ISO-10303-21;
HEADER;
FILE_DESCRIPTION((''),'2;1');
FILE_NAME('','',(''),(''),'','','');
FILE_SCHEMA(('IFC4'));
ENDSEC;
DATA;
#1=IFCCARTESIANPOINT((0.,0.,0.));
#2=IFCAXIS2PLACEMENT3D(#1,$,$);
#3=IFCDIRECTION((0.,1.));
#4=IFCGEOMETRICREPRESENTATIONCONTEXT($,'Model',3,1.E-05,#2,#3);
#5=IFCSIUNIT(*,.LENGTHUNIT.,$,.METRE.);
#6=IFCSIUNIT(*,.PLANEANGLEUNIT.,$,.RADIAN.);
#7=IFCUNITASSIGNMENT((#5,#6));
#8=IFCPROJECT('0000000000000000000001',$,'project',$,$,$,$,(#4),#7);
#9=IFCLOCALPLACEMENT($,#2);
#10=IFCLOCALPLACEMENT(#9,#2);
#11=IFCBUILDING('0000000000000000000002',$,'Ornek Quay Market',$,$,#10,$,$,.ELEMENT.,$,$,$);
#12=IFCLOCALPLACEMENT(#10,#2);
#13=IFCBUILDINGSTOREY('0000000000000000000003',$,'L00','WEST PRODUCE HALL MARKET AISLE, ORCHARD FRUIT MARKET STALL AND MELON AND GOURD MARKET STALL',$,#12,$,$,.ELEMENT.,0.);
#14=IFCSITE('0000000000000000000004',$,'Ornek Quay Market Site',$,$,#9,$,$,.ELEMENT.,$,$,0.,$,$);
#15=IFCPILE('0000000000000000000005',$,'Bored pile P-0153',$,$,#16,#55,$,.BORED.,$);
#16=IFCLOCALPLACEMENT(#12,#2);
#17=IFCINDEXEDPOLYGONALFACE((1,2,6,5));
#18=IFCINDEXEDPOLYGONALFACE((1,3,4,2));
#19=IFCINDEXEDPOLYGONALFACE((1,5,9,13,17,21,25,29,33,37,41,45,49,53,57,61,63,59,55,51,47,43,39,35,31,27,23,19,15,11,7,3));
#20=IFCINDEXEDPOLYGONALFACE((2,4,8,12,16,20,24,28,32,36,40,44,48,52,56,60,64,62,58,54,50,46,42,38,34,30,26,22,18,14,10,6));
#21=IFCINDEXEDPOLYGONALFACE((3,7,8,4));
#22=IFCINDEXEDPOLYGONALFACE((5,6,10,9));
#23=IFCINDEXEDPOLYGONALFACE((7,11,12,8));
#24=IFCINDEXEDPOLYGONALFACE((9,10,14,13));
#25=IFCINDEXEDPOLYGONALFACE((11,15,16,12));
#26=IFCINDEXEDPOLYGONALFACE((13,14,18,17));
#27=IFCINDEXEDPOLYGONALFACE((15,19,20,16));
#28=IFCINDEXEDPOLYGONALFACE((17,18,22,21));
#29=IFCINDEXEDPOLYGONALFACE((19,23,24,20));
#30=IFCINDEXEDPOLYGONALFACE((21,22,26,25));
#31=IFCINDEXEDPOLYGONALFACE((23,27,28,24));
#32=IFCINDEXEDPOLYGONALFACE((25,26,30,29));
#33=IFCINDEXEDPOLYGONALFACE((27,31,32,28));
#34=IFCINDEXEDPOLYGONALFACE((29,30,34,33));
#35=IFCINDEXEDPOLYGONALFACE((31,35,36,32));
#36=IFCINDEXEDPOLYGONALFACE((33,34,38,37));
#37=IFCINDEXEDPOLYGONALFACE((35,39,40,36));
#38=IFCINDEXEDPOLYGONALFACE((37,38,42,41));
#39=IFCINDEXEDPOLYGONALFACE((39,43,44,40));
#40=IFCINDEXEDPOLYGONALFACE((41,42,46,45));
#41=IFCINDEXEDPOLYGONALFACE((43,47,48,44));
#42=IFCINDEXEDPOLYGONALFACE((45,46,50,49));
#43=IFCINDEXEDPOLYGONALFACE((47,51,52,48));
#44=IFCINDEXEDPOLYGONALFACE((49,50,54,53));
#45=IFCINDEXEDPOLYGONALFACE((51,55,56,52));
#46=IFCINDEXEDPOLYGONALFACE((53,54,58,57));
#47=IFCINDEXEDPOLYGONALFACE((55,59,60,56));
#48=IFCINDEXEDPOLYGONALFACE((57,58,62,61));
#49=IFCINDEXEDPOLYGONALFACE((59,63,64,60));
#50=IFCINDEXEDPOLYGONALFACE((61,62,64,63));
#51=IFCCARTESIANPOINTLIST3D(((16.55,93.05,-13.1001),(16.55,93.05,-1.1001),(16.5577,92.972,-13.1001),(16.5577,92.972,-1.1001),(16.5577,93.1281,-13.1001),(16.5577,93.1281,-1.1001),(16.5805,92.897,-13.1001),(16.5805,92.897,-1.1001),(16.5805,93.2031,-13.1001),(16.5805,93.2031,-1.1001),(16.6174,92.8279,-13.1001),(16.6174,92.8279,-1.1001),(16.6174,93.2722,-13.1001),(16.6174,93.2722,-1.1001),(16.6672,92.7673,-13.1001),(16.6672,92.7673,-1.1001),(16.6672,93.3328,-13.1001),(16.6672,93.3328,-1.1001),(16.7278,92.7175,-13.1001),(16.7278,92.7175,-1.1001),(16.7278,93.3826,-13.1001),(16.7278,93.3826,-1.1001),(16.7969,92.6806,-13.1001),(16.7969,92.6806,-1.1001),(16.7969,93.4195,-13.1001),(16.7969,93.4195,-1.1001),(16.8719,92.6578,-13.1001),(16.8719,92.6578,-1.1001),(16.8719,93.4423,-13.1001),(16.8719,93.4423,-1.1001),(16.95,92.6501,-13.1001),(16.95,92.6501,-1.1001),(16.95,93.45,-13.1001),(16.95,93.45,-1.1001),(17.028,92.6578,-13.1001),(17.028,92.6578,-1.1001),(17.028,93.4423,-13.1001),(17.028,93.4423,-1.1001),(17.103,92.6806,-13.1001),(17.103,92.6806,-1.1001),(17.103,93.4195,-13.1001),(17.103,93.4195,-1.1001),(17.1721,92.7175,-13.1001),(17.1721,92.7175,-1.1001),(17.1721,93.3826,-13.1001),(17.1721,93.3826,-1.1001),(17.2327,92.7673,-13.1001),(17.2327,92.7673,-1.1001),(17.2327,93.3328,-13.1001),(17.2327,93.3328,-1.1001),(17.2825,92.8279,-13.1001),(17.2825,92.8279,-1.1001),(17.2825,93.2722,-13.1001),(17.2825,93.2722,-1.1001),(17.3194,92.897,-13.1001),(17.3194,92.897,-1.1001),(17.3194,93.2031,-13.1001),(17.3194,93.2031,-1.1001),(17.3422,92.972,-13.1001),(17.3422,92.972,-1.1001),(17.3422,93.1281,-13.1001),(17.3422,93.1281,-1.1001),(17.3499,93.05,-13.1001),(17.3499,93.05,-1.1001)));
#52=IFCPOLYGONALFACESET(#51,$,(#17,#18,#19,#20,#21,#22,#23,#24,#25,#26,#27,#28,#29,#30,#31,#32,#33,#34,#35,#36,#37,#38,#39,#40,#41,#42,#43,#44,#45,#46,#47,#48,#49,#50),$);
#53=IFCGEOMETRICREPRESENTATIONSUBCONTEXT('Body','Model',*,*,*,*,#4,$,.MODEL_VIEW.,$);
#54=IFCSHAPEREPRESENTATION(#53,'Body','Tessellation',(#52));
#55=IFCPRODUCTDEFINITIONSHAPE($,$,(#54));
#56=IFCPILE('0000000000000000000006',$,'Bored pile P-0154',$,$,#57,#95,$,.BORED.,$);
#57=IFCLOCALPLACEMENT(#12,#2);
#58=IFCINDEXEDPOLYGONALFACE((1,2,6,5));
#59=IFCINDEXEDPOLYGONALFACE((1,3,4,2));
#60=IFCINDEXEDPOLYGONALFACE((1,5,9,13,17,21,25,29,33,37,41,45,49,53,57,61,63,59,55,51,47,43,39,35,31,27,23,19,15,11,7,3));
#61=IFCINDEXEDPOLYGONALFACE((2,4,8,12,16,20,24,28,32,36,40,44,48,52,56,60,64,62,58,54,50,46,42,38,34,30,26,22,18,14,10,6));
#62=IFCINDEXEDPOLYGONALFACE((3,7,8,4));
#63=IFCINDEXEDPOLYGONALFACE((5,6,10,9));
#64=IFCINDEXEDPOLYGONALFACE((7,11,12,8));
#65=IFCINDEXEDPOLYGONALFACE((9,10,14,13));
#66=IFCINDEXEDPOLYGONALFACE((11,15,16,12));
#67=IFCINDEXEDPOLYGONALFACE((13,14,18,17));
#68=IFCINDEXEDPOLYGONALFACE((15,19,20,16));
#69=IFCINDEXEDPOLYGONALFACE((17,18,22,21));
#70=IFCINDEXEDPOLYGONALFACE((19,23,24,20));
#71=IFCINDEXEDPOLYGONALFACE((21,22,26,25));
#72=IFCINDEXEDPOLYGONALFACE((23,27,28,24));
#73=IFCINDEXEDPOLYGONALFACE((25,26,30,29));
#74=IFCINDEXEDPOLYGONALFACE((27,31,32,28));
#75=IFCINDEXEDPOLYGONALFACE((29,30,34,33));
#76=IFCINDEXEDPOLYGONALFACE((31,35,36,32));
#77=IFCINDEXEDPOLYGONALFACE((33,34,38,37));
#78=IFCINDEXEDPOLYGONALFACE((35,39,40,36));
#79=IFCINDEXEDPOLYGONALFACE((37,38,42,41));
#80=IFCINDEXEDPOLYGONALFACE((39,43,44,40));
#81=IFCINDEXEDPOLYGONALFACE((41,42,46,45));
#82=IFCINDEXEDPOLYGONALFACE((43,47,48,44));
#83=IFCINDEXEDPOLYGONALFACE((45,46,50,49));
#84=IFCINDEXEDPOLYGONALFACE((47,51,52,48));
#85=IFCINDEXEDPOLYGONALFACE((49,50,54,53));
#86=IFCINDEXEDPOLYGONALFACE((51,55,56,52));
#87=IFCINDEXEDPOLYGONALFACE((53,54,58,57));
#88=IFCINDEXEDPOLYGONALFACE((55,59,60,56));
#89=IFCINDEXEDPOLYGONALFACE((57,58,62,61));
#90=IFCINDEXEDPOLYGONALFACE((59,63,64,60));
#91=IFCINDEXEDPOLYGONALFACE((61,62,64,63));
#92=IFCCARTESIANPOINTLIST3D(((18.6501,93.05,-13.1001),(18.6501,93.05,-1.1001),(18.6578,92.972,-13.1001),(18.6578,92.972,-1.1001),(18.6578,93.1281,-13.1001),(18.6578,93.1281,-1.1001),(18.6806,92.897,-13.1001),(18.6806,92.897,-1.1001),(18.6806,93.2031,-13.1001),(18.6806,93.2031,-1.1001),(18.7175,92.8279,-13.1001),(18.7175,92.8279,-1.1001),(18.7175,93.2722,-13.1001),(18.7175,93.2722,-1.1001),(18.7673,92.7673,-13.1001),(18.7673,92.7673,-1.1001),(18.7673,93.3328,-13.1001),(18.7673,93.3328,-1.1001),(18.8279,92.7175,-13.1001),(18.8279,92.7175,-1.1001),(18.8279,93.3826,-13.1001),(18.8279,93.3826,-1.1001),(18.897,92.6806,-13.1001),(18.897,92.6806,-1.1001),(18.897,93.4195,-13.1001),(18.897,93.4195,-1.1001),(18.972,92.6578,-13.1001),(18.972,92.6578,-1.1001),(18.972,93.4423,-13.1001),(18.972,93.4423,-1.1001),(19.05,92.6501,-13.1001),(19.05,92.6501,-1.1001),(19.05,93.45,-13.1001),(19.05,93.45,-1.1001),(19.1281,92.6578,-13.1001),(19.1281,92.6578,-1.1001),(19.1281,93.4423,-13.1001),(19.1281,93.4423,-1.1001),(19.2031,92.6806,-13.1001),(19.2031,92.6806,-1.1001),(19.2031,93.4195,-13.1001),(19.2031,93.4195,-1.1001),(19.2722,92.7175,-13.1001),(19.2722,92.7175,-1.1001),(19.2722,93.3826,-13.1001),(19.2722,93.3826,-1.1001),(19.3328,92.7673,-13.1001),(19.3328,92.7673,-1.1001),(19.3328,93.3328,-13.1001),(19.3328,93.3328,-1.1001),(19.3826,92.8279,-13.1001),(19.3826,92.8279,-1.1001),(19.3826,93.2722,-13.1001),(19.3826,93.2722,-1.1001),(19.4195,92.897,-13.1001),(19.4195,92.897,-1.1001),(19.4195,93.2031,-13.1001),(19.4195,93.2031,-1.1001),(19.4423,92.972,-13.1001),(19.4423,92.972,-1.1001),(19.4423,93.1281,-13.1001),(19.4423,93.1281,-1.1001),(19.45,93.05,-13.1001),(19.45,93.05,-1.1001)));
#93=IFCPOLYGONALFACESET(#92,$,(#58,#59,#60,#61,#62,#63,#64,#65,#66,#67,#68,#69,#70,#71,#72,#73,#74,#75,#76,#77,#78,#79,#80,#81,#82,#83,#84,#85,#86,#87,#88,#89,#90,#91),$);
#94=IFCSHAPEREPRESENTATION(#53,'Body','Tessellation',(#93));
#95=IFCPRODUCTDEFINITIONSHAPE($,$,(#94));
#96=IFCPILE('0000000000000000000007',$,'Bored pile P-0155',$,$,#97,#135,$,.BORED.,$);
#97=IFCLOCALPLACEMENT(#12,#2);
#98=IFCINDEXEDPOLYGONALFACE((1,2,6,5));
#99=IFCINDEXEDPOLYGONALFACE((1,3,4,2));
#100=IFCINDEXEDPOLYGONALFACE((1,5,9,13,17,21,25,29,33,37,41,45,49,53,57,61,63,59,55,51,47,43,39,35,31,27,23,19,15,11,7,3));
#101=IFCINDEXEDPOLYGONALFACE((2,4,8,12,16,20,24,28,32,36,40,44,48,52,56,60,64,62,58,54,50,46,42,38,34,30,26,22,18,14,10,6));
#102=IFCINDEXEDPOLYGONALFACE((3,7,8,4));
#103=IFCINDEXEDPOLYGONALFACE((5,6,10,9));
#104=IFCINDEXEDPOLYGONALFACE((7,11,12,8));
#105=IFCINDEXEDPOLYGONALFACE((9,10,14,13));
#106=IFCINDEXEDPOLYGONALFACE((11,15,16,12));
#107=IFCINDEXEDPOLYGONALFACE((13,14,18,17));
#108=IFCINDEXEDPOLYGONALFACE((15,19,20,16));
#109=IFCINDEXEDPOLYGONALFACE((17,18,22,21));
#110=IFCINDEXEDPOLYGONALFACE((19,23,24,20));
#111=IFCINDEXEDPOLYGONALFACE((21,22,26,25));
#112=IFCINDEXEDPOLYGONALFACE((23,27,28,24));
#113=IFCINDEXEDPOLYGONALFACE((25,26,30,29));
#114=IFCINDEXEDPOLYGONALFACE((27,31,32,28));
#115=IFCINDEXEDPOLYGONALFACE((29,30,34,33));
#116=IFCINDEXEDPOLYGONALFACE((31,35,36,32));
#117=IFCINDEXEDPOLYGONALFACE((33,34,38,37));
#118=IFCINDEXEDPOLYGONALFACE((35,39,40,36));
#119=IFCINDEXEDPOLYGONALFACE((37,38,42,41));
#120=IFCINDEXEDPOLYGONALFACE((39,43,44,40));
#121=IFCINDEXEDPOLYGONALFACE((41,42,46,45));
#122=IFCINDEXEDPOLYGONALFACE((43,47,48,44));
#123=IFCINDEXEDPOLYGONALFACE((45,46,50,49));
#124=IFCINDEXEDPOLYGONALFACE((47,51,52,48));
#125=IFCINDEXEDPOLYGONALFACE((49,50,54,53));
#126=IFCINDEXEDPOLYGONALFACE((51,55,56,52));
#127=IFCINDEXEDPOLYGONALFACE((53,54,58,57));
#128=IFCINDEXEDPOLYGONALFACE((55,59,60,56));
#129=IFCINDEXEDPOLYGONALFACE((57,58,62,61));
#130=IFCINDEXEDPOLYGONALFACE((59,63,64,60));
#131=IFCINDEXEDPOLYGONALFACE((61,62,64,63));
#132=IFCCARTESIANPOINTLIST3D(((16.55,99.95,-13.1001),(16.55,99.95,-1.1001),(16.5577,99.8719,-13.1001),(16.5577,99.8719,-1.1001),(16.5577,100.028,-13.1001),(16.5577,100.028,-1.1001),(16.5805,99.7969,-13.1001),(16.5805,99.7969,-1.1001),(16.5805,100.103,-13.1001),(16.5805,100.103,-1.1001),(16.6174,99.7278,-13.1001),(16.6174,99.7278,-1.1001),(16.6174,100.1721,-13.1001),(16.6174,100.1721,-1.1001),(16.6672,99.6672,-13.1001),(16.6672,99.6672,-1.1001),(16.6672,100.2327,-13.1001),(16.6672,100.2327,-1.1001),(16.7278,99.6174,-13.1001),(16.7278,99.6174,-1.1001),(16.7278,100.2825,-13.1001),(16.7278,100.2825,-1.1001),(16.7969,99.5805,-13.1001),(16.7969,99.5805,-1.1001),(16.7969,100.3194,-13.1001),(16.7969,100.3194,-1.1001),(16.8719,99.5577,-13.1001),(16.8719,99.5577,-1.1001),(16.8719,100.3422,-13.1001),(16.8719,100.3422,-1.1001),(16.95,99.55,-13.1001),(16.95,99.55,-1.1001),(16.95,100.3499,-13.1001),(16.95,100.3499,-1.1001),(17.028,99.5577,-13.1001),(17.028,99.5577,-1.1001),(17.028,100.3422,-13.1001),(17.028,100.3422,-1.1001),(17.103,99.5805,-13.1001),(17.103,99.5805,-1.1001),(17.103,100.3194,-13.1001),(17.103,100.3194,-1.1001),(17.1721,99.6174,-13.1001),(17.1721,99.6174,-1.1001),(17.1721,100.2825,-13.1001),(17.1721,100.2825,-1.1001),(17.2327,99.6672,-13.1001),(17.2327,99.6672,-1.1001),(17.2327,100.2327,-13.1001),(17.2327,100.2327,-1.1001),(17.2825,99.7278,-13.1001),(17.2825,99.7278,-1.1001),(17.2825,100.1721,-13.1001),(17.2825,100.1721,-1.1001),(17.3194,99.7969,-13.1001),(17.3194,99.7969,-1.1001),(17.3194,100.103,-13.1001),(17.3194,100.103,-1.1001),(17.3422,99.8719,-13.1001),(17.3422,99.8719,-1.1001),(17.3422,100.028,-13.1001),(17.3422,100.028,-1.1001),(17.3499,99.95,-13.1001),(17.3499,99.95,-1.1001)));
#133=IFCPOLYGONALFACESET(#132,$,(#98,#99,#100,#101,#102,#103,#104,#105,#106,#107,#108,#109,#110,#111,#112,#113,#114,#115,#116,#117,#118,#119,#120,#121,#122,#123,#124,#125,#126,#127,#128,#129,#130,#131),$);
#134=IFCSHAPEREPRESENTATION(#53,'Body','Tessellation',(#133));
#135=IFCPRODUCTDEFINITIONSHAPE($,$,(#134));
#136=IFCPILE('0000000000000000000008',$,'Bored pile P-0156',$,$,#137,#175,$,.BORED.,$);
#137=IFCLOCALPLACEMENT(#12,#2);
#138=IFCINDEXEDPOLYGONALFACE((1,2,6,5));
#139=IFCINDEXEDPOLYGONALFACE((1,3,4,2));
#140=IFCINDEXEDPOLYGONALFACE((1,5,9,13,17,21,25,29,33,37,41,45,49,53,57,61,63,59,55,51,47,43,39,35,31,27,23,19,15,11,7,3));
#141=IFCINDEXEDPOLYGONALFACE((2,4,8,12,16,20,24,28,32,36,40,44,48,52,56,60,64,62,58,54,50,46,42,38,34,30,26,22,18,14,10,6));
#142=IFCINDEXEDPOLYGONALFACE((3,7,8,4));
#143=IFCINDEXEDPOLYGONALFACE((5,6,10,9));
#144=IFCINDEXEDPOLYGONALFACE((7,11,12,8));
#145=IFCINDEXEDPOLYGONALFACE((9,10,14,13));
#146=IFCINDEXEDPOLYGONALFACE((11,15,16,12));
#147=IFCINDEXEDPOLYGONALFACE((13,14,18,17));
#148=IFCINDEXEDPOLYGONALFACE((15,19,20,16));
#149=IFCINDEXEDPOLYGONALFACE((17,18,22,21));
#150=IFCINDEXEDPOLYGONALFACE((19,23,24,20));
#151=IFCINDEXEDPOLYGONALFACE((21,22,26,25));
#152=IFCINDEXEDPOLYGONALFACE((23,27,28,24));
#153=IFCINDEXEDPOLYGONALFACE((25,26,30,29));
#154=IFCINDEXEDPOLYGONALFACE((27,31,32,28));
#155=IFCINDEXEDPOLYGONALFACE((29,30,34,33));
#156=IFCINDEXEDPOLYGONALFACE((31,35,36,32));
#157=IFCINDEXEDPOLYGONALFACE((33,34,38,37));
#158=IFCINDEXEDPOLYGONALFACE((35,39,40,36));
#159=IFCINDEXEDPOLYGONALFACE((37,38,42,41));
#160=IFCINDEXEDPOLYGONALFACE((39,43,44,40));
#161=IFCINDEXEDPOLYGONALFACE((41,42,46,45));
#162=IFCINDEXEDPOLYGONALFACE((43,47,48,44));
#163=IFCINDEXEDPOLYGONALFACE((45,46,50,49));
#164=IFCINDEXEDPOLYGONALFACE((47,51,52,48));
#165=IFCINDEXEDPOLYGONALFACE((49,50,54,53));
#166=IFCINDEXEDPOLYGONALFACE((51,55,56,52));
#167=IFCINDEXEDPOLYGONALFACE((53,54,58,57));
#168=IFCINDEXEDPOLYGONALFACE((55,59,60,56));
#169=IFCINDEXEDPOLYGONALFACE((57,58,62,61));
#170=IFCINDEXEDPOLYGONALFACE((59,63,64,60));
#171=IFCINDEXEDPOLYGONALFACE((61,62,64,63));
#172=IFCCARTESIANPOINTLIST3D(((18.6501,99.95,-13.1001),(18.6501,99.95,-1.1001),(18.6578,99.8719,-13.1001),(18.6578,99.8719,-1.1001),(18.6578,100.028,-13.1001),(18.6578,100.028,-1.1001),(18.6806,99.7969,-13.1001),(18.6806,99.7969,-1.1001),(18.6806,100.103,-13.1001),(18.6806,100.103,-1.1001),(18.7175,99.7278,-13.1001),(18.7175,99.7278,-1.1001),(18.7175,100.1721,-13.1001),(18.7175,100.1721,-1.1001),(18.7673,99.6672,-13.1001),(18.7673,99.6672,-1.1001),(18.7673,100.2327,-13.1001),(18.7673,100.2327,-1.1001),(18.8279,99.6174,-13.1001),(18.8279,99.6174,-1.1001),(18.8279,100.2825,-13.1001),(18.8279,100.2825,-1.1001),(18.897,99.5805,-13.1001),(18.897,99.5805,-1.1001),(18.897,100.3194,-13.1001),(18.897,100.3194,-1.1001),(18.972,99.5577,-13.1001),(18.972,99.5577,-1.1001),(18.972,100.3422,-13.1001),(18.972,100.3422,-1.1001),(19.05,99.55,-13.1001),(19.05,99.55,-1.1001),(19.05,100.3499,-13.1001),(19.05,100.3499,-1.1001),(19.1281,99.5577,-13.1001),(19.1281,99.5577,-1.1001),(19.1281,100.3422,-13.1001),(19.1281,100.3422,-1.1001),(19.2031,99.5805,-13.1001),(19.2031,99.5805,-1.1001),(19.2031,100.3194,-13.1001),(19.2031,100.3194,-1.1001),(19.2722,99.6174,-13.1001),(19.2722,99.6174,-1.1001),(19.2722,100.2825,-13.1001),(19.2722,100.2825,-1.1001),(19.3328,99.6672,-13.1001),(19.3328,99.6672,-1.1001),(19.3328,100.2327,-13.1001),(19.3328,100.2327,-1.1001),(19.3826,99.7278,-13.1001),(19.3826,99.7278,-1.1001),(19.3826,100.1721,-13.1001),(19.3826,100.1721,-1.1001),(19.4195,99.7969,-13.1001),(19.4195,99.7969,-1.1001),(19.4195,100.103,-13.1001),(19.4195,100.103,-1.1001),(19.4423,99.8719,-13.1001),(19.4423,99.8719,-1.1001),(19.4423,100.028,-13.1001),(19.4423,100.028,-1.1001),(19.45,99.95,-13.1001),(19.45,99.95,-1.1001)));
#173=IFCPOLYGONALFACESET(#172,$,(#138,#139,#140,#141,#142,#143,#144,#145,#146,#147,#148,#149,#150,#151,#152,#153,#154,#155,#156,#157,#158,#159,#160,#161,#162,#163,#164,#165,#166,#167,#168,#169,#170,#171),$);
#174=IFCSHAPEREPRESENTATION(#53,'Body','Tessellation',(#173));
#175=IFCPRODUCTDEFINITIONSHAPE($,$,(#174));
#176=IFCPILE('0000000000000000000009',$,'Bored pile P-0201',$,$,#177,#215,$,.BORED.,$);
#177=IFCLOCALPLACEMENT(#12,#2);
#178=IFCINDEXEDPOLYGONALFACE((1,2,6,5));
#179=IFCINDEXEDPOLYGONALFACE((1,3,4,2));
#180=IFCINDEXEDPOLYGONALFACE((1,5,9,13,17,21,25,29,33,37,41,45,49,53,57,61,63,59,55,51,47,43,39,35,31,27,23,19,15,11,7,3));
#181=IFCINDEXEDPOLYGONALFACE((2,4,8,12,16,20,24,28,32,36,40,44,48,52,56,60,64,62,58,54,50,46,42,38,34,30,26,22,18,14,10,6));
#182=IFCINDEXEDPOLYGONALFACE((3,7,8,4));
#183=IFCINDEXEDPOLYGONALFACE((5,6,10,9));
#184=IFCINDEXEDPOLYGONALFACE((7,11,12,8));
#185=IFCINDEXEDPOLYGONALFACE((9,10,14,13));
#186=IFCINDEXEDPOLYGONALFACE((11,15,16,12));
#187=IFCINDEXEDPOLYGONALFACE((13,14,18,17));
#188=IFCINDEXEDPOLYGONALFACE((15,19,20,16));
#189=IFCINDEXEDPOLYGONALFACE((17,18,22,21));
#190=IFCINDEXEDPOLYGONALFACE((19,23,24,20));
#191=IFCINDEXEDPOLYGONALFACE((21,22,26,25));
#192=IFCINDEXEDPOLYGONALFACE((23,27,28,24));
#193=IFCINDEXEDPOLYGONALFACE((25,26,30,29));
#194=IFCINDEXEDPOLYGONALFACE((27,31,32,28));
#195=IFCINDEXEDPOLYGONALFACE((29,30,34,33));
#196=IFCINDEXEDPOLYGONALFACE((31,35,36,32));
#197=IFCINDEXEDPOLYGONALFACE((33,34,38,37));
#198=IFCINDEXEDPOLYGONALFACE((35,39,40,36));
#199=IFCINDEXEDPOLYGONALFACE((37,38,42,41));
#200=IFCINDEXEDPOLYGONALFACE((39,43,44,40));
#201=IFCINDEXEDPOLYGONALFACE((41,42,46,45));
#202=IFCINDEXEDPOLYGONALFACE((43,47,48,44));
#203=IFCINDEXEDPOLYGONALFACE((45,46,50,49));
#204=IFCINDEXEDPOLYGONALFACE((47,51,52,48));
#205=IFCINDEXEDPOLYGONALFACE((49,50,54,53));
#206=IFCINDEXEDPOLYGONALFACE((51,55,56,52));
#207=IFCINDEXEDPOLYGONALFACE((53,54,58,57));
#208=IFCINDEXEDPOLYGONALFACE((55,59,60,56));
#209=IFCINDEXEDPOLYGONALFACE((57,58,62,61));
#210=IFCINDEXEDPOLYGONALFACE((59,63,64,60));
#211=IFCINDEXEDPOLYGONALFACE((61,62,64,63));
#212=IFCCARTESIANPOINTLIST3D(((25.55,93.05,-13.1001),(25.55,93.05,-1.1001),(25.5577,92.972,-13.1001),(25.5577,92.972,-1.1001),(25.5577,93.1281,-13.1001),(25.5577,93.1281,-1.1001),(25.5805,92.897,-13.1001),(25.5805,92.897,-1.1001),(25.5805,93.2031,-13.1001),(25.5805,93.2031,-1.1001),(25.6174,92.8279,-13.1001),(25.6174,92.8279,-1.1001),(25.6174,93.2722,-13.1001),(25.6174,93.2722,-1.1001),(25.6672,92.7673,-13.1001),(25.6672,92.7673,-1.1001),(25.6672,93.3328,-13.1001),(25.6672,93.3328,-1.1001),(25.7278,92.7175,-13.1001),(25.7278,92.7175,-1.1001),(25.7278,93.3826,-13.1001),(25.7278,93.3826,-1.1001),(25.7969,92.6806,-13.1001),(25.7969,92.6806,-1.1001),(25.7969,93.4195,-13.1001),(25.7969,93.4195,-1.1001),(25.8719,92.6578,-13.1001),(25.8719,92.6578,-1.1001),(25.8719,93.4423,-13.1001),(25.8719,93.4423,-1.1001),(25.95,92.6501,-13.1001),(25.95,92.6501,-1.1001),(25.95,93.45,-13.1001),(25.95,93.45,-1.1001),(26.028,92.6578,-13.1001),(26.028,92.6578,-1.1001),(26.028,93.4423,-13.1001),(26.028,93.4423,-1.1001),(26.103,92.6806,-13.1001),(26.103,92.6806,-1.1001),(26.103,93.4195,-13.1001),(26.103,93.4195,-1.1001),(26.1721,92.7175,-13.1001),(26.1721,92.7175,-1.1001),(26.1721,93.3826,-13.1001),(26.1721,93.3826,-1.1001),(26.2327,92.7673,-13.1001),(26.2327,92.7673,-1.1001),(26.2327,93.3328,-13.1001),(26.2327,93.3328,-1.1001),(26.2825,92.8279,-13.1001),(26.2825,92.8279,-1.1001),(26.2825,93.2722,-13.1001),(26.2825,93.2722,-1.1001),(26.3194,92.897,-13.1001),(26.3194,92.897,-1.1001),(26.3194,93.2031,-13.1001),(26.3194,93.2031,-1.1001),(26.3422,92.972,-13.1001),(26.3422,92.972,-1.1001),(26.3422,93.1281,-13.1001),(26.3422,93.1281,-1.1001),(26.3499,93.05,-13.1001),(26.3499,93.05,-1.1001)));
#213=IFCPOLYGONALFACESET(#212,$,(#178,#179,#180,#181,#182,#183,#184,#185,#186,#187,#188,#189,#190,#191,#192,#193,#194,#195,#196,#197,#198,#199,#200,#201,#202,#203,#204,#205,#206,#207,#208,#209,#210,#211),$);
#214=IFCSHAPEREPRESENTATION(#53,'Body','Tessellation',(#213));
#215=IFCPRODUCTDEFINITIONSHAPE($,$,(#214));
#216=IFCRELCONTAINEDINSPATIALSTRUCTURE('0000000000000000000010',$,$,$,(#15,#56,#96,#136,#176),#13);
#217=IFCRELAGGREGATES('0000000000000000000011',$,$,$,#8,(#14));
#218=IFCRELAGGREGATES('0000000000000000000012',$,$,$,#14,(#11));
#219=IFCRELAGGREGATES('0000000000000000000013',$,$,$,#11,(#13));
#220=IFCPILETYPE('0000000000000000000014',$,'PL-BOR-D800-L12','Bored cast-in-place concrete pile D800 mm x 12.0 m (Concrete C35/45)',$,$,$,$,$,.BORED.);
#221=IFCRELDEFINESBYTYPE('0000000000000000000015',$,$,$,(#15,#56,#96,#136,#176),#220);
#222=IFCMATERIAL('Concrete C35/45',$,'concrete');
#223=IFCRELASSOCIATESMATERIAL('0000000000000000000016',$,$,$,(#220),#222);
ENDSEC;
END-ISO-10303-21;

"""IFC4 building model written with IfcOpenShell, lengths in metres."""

from ifc_helpers import new_model, si_unit, direction, frame, origin, origin_2d, place, context, subcontext, project, spatial, circle, extrude, material, material_profile, profile_set, type_object, element, save


model = new_model("IFC4")

# Units and contexts
model_context = context("Model", 3, precision=1e-05, world=origin(), true_north=direction((0.0, 1.0)))
body_context = subcontext(model_context, "Body", "Model", "MODEL_VIEW")
ifc_project = project(units=[si_unit("LENGTHUNIT", "METRE"), si_unit("PLANEANGLEUNIT", "RADIAN")], contexts=[model_context])

# Site, building, storey
site_placement = place(None, origin())
site = spatial("IfcSite", under=ifc_project, at=site_placement, Name="Ornek Quay Market Site", CompositionType="ELEMENT", RefElevation=0.0)
building_placement = place(site_placement, origin())
building = spatial("IfcBuilding", under=site, at=building_placement, Name="Ornek Quay Market", CompositionType="ELEMENT")
storey_placement = place(building_placement, origin())
storey = spatial("IfcBuildingStorey", under=building, at=storey_placement, Name="L00", Description="WEST PRODUCE HALL MARKET AISLE, ORCHARD FRUIT MARKET STALL AND MELON AND GOURD MARKET STALL", CompositionType="ELEMENT", Elevation=0.0)

# Piles
ifc_material_1 = material(Name="Concrete C35/45", Category="concrete")
ifc_material_profile_1 = material_profile(ifc_material_1, circle(Radius=0.3999, at=origin_2d()), Name="PILE D800", Category="concrete")
ifc_profile_set_1 = profile_set([ifc_material_profile_1], Name="Concrete C35/45")
pile_type = type_object("IfcPileType", Name="PL-BOR-D800-L12", Description="Bored cast-in-place concrete pile D800 mm x 12.0 m (Concrete C35/45)", PredefinedType="BORED", material=ifc_profile_set_1)
for number, where, z_axis, x_axis, name in (
    (1, (16.95, 93.05, -1.1001), (0.0, 0.0, -1.0), (1.0, 0.0, 0.0), "Bored pile P-0153"),
    (2, (19.05, 93.05, -1.1001), (0.0, 0.0, -1.0), (1.0, 0.0, 0.0), "Bored pile P-0154"),
    (3, (16.95, 99.95, -1.1001), (0.0, 0.0, -1.0), (1.0, 0.0, 0.0), "Bored pile P-0155"),
    (4, (19.05, 99.95, -1.1001), (0.0, 0.0, -1.0), (1.0, 0.0, 0.0), "Bored pile P-0156"),
    (5, (25.95, 93.05, -1.1001), (0.0, 0.0, -1.0), (1.0, 0.0, 0.0), "Bored pile P-0201"),
):
    element("IfcPile", number, at=place(storey_placement, frame(where, z_axis=z_axis, x_axis=x_axis)), inside=storey, type_object=pile_type, Name=name, PredefinedType="BORED", context=body_context, shape_type="SweptSolid", body=[
        extrude(circle(Radius=0.3999, at=origin_2d()), origin(), (0.0, 0.0, 1.0), 12.0),
    ])

save(model, "model.ifc")
